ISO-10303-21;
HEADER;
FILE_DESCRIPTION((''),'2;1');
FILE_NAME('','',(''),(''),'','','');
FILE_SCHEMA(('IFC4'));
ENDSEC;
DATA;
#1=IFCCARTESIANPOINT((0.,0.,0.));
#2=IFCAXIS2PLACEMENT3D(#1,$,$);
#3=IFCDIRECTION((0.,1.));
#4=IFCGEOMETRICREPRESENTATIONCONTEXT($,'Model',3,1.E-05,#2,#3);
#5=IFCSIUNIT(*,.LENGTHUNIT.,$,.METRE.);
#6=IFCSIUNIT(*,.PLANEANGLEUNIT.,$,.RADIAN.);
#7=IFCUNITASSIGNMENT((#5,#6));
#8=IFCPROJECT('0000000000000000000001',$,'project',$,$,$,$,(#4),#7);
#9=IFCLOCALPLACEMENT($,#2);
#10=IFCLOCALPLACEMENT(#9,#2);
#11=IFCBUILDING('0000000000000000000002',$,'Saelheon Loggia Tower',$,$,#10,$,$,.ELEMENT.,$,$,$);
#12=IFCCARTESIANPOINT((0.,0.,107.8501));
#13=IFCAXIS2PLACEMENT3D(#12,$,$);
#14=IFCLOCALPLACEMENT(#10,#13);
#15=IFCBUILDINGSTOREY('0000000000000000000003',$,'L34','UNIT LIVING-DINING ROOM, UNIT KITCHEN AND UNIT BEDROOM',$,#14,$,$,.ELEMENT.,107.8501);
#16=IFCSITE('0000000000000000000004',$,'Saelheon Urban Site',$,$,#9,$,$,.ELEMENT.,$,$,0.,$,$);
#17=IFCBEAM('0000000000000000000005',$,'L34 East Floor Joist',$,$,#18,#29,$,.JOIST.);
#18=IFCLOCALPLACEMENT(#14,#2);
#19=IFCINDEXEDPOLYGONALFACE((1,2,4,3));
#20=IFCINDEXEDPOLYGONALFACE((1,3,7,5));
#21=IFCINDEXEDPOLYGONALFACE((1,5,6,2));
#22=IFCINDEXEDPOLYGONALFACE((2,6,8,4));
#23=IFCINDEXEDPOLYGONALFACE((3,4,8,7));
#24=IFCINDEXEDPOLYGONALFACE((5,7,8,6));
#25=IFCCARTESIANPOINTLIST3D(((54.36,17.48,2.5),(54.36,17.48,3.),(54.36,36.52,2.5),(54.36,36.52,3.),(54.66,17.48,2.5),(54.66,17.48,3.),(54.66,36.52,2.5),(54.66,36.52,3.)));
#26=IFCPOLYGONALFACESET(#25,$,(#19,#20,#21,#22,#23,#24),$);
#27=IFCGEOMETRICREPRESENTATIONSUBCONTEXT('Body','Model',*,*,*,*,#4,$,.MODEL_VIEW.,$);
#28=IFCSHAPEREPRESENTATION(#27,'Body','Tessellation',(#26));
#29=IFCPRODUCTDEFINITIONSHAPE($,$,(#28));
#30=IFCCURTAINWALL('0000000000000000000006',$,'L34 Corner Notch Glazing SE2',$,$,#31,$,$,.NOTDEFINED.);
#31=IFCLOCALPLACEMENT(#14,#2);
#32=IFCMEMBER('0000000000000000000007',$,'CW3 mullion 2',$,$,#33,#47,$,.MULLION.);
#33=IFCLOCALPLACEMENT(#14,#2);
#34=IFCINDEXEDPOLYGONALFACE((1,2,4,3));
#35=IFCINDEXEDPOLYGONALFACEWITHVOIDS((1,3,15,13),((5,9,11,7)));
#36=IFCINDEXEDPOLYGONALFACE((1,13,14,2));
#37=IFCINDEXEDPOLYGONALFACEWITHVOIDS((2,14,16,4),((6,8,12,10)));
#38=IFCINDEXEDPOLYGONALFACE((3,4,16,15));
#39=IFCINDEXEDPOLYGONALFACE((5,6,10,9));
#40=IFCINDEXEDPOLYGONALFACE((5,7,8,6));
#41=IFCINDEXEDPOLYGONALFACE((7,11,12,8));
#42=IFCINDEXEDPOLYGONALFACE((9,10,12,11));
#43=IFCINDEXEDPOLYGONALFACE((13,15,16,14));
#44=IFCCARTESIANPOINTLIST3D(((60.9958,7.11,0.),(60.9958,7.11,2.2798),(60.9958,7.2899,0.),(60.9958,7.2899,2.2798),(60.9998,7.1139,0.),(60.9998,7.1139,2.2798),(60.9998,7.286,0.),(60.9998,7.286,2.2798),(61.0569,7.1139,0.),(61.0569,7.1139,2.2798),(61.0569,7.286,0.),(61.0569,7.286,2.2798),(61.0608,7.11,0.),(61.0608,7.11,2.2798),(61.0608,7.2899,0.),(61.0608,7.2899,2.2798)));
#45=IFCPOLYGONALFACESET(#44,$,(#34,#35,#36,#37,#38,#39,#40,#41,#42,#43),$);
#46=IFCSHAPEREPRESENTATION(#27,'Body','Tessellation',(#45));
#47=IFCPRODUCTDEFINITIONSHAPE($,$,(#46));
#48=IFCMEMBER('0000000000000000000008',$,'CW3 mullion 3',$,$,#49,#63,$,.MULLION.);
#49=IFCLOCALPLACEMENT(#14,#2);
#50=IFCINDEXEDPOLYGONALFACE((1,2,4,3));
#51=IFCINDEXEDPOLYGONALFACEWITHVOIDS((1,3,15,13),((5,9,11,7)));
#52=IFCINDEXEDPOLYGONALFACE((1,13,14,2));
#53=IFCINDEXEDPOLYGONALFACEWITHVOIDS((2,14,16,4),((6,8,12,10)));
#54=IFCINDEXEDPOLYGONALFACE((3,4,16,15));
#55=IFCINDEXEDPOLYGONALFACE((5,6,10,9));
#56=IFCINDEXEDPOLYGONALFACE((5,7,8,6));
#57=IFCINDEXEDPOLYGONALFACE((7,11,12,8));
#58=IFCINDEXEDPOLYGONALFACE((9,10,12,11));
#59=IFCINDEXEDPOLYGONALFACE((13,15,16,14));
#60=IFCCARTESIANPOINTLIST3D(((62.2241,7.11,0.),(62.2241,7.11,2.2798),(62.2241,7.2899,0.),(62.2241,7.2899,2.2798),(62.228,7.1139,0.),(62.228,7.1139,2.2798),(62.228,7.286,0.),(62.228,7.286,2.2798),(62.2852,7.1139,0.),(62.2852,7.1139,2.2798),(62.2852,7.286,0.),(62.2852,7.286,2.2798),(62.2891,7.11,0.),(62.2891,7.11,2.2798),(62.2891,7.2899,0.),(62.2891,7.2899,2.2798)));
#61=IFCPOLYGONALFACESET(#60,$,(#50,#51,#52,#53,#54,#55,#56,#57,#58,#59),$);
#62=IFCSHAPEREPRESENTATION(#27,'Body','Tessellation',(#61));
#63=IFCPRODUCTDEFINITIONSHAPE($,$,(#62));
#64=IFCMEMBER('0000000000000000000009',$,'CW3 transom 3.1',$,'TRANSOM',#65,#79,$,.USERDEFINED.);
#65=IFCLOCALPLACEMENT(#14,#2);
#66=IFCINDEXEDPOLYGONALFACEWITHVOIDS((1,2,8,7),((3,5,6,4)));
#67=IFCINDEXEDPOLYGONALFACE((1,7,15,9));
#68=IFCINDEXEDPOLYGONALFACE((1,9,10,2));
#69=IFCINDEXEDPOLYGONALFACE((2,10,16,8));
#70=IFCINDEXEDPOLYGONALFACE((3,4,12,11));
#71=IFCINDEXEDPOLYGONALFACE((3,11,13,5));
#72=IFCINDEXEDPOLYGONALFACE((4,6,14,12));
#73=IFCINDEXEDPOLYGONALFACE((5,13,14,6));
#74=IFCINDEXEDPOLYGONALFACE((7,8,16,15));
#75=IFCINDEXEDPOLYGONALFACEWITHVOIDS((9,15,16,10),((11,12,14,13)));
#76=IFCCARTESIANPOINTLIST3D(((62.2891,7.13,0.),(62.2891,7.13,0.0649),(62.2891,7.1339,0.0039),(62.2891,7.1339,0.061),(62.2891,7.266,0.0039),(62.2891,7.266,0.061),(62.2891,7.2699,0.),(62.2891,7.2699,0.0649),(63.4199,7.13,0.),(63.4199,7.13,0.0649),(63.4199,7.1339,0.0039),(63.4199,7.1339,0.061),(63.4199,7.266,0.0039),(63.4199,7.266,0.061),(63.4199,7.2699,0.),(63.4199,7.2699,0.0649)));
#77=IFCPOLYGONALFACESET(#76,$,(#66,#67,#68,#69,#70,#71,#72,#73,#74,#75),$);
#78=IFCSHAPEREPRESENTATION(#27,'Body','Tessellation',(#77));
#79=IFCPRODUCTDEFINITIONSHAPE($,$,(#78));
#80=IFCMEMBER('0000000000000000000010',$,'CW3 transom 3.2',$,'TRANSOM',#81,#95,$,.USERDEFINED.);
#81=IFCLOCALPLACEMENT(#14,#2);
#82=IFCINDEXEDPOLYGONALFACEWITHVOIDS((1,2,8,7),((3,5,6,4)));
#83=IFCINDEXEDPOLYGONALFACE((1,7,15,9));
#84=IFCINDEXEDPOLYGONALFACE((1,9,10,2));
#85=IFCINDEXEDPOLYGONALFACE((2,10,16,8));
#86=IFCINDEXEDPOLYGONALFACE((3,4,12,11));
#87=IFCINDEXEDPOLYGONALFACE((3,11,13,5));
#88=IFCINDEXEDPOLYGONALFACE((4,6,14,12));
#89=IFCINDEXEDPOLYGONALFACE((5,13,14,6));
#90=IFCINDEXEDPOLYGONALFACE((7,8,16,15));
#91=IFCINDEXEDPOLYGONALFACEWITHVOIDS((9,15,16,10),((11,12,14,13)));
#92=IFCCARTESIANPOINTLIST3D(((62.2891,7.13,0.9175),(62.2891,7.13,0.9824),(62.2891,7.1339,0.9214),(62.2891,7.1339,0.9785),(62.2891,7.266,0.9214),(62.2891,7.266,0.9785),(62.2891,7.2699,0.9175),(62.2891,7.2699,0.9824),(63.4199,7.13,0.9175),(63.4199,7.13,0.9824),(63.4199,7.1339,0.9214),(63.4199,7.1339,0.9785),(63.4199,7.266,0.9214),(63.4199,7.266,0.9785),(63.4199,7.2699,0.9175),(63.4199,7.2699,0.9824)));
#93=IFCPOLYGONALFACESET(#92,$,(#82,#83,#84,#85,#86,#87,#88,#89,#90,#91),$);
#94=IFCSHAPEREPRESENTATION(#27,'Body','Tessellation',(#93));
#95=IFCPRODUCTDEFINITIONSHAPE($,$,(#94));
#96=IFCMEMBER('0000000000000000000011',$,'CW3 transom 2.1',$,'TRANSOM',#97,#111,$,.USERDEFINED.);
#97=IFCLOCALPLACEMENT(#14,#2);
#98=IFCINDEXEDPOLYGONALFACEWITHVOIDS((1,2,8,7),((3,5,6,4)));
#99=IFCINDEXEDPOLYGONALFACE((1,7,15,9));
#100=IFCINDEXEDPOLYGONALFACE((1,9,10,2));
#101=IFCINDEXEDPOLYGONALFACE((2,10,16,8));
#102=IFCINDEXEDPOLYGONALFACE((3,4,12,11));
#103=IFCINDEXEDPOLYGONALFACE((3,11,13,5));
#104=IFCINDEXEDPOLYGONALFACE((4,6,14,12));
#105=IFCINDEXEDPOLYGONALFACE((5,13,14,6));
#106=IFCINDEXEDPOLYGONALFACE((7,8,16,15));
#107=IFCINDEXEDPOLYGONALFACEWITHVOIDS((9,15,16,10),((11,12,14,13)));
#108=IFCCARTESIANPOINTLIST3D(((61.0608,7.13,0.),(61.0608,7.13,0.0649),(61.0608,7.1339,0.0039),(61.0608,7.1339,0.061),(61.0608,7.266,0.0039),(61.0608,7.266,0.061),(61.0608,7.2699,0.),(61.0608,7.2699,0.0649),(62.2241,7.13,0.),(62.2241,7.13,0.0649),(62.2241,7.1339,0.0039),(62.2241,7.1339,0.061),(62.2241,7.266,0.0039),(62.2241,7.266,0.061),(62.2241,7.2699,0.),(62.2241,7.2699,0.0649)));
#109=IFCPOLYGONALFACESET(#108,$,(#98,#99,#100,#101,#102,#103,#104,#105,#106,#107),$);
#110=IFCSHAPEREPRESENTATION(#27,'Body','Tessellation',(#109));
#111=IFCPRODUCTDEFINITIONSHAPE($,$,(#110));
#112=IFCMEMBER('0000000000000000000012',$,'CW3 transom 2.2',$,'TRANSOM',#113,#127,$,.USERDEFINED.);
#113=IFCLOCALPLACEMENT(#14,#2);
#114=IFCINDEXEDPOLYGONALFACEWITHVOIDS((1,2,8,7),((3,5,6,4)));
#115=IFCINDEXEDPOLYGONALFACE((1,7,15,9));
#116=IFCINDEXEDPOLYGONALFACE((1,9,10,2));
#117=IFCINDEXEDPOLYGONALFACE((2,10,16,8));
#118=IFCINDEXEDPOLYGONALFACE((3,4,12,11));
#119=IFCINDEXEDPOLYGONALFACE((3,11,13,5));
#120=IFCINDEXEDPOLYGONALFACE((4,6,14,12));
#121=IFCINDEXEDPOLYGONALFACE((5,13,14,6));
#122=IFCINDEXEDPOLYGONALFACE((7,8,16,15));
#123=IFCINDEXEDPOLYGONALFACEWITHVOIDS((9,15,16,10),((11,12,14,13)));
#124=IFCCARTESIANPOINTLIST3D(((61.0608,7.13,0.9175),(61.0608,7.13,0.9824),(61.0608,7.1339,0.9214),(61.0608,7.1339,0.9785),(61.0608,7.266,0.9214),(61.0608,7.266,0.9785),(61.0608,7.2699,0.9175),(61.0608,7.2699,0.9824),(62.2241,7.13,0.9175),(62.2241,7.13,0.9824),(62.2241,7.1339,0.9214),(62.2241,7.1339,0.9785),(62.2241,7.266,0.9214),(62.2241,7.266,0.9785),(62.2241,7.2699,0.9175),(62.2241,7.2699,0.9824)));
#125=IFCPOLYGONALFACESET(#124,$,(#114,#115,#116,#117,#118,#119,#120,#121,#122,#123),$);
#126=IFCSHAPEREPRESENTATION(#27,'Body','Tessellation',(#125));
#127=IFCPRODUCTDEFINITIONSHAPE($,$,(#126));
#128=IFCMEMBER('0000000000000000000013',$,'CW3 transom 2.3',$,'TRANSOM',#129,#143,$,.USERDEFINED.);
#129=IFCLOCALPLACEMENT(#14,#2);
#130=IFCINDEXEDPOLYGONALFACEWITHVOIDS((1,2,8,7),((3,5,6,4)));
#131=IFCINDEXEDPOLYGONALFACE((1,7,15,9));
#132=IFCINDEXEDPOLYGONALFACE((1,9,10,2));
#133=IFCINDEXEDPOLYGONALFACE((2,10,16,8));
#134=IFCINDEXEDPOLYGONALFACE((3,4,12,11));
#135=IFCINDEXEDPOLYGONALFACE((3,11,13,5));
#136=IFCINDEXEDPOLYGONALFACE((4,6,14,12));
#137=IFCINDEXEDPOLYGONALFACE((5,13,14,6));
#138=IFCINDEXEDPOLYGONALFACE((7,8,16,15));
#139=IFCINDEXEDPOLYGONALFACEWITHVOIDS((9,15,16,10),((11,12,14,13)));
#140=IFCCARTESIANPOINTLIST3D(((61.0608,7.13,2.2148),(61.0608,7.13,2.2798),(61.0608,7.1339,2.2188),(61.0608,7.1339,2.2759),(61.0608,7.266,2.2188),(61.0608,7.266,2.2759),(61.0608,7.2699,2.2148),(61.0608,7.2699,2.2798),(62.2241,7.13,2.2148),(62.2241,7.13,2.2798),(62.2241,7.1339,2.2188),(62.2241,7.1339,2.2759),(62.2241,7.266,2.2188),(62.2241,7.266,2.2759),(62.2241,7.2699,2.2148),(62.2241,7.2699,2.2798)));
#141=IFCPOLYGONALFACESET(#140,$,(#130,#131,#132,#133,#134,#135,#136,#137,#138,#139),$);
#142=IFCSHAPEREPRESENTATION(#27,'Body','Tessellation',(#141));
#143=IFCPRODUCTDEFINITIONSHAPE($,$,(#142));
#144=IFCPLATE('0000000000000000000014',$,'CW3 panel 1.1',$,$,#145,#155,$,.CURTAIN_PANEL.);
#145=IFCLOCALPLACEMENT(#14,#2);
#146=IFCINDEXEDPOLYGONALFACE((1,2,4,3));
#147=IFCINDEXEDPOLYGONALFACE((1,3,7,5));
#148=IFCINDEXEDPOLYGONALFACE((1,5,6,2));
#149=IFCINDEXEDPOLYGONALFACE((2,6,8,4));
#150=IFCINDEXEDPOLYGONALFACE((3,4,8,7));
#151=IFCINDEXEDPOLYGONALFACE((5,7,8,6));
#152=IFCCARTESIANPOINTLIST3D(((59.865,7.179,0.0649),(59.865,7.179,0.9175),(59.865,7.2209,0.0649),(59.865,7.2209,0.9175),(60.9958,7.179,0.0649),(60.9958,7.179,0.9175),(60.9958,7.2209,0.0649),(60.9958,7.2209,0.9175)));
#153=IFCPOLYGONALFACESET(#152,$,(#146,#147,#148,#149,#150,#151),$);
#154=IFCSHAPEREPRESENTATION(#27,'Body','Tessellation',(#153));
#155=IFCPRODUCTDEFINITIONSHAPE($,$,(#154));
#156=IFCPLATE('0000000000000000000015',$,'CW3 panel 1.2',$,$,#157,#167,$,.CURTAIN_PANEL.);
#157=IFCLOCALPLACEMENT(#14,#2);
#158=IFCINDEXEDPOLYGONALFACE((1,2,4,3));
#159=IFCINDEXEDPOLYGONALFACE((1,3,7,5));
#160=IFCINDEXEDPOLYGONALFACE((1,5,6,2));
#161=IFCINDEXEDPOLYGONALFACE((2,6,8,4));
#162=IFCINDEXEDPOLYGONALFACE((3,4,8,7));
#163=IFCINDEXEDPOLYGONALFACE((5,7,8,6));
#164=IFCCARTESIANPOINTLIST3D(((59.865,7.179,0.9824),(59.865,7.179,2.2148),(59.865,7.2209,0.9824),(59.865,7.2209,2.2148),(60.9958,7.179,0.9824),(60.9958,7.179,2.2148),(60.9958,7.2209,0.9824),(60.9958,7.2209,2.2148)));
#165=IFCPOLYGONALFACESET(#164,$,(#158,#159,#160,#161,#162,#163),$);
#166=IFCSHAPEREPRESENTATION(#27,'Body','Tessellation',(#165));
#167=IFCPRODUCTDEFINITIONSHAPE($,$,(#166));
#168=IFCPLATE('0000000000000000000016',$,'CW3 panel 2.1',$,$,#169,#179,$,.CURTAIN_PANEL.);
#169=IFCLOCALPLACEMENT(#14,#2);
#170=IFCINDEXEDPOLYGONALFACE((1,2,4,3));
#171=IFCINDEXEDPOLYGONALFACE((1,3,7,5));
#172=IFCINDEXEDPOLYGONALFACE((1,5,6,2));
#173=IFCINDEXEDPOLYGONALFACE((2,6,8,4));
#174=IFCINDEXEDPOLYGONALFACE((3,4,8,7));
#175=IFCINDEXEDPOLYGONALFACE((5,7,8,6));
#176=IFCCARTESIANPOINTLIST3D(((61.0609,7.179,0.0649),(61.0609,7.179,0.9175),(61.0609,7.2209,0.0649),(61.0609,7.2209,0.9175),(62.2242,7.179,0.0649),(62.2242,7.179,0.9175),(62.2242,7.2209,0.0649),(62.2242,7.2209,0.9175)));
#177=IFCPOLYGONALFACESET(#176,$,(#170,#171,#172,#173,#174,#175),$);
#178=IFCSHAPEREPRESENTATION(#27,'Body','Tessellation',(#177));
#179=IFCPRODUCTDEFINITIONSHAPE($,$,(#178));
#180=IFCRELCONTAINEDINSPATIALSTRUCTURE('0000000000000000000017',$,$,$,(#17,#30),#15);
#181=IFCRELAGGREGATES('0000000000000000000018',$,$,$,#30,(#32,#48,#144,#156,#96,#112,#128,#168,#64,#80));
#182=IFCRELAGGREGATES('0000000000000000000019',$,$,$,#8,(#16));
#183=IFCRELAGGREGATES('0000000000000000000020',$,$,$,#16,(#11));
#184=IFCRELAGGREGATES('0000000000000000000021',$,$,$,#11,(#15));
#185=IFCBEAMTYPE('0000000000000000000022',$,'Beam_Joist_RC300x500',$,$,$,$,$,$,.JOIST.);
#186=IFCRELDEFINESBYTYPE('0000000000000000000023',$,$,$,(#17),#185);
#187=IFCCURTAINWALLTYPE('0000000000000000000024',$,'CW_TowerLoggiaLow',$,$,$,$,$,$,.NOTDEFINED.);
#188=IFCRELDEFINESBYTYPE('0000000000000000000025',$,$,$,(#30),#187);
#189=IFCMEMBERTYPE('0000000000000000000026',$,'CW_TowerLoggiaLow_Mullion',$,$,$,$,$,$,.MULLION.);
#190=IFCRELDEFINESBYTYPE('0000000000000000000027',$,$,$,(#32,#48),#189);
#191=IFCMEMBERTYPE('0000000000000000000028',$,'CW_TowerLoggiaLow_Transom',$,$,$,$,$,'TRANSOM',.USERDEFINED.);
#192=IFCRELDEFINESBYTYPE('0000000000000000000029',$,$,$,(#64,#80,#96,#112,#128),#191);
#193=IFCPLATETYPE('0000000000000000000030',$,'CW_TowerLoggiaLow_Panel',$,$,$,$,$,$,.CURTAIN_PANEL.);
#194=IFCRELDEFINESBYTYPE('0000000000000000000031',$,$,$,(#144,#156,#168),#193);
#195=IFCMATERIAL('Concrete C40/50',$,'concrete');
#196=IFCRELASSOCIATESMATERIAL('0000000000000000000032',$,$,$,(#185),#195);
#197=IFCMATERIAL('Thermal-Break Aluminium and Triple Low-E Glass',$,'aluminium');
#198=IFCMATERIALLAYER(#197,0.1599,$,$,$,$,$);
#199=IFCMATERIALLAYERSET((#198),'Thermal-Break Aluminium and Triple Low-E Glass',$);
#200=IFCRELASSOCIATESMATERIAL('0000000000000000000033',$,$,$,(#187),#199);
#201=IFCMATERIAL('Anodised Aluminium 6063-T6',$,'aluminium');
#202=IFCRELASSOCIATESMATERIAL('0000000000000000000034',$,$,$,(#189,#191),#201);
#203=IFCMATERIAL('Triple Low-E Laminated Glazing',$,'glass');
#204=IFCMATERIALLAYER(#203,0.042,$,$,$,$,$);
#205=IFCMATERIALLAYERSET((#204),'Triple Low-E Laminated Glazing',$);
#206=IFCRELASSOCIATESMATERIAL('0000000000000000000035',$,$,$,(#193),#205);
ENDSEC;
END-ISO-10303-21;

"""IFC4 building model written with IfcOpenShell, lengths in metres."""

from ifc_helpers import new_model, si_unit, direction, frame, origin, origin_2d, place, context, subcontext, project, spatial, rectangle, hollow_rectangle, extrude, source, transform, mapped, material, layer, layer_set, material_profile, profile_set, type_object, element, aggregate, save


model = new_model("IFC4")

# Units and contexts
model_context = context("Model", 3, precision=1e-05, world=origin(), true_north=direction((0.0, 1.0)))
body_context = subcontext(model_context, "Body", "Model", "MODEL_VIEW")
ifc_project = project(units=[si_unit("LENGTHUNIT", "METRE"), si_unit("PLANEANGLEUNIT", "RADIAN")], contexts=[model_context])

# Site, building, storey
site_placement = place(None, origin())
site = spatial("IfcSite", under=ifc_project, at=site_placement, Name="Saelheon Urban Site", CompositionType="ELEMENT", RefElevation=0.0)
building_placement = place(site_placement, origin())
building = spatial("IfcBuilding", under=site, at=building_placement, Name="Saelheon Loggia Tower", CompositionType="ELEMENT")
storey_placement = place(building_placement, frame((0.0, 0.0, 107.8501)))
storey = spatial("IfcBuildingStorey", under=building, at=storey_placement, Name="L34", Description="UNIT LIVING-DINING ROOM, UNIT KITCHEN AND UNIT BEDROOM", CompositionType="ELEMENT", Elevation=107.8501)

# Beam
ifc_material_1 = material(Name="Concrete C40/50", Category="concrete")
ifc_material_profile_1 = material_profile(ifc_material_1, rectangle(XDim=0.3, YDim=0.5, at=origin_2d()), Name="RC-300x500")
ifc_profile_set_1 = profile_set([ifc_material_profile_1], Name="Concrete C40/50")
beam_type = type_object("IfcBeamType", Name="Beam_Joist_RC300x500", PredefinedType="JOIST", material=ifc_profile_set_1)
shared_shape_1 = source(origin(), body_context, "Body", "SweptSolid", [
    extrude(rectangle(XDim=0.3, YDim=0.5, at=origin_2d()), origin(), (0.0, 0.0, 1.0), 19.04),
])
beam_placement = place(storey_placement, frame((54.51, 17.48, 2.75), z_axis=(0.0, 1.0, 0.0), x_axis=(-1.0, 0.0, 0.0)))
element("IfcBeam", 1, at=beam_placement, inside=storey, type_object=beam_type, Name="L34 East Floor Joist", PredefinedType="JOIST", context=body_context, shape_type="MappedRepresentation", body=[
    mapped(shared_shape_1, transform((0.0, 0.0, 0.0), scale=1.0)),
])

# Curtain wall, members, plates
ifc_material_2 = material(Name="Thermal-Break Aluminium and Triple Low-E Glass", Category="aluminium")
ifc_layer_1 = layer(ifc_material_2, 0.1599)
ifc_layer_set_1 = layer_set([ifc_layer_1], Name="Thermal-Break Aluminium and Triple Low-E Glass")
curtain_wall_type = type_object("IfcCurtainWallType", Name="CW_TowerLoggiaLow", PredefinedType="NOTDEFINED", material=ifc_layer_set_1)
curtain_wall_placement = place(storey_placement, origin())
curtain_wall = element("IfcCurtainWall", 2, at=curtain_wall_placement, inside=storey, type_object=curtain_wall_type, Name="L34 Corner Notch Glazing SE2", PredefinedType="NOTDEFINED")
ifc_material_3 = material(Name="Anodised Aluminium 6063-T6", Category="aluminium")
ifc_material_profile_2 = material_profile(ifc_material_3, hollow_rectangle(XDim=0.0649, YDim=0.1799, WallThickness=0.0039, at=origin_2d()), Name="RHS-180x65x4")
ifc_profile_set_2 = profile_set([ifc_material_profile_2], Name="Anodised Aluminium 6063-T6")
member_type_1 = type_object("IfcMemberType", Name="CW_TowerLoggiaLow_Mullion", PredefinedType="MULLION", material=ifc_profile_set_2)
shared_shape_2 = source(origin(), body_context, "Body", "SweptSolid", [
    extrude(hollow_rectangle(XDim=0.0649, YDim=0.1799, WallThickness=0.0039, at=origin_2d()), origin(), (0.0, 0.0, 1.0), 2.2798),
])
member_1_placement = place(storey_placement, frame((61.0283, 7.2, 0.0), z_axis=(0.0, 0.0, 1.0), x_axis=(1.0, 0.0, 0.0)))
member_1 = element("IfcMember", 3, at=member_1_placement, type_object=member_type_1, Name="CW3 mullion 2", PredefinedType="MULLION", context=body_context, shape_type="MappedRepresentation", body=[
    mapped(shared_shape_2, transform((0.0, 0.0, 0.0), scale=1.0)),
])
member_2_placement = place(storey_placement, frame((62.2566, 7.2, 0.0), z_axis=(0.0, 0.0, 1.0), x_axis=(1.0, 0.0, 0.0)))
member_2 = element("IfcMember", 4, at=member_2_placement, type_object=member_type_1, Name="CW3 mullion 3", PredefinedType="MULLION", context=body_context, shape_type="MappedRepresentation", body=[
    mapped(shared_shape_2, transform((0.0, 0.0, 0.0), scale=1.0)),
])
ifc_material_profile_3 = material_profile(ifc_material_3, hollow_rectangle(XDim=0.0649, YDim=0.1399, WallThickness=0.0039, at=origin_2d()), Name="RHS-140x65x4")
ifc_profile_set_3 = profile_set([ifc_material_profile_3], Name="Anodised Aluminium 6063-T6")
member_type_2 = type_object("IfcMemberType", Name="CW_TowerLoggiaLow_Transom", ElementType="TRANSOM", PredefinedType="USERDEFINED", material=ifc_profile_set_3)
shared_shape_3 = source(origin(), body_context, "Body", "SweptSolid", [
    extrude(hollow_rectangle(XDim=0.0649, YDim=0.1399, WallThickness=0.0039, at=origin_2d()), origin(), (0.0, 0.0, 1.0), 1.1309),
])
member_3_placement = place(storey_placement, frame((62.2891, 7.2, 0.0325), z_axis=(1.0, 0.0, 0.0), x_axis=(0.0, 0.0, 1.0)))
member_3 = element("IfcMember", 5, at=member_3_placement, type_object=member_type_2, Name="CW3 transom 3.1", ObjectType="TRANSOM", PredefinedType="USERDEFINED", context=body_context, shape_type="MappedRepresentation", body=[
    mapped(shared_shape_3, transform((0.0, 0.0, 0.0), scale=1.0)),
])
member_4_placement = place(storey_placement, frame((62.2891, 7.2, 0.95), z_axis=(1.0, 0.0, 0.0), x_axis=(0.0, 0.0, 1.0)))
member_4 = element("IfcMember", 6, at=member_4_placement, type_object=member_type_2, Name="CW3 transom 3.2", ObjectType="TRANSOM", PredefinedType="USERDEFINED", context=body_context, shape_type="MappedRepresentation", body=[
    mapped(shared_shape_3, transform((0.0, 0.0, 0.0), scale=1.0)),
])
shared_shape_4 = source(origin(), body_context, "Body", "SweptSolid", [
    extrude(hollow_rectangle(XDim=0.0649, YDim=0.1399, WallThickness=0.0039, at=origin_2d()), origin(), (0.0, 0.0, 1.0), 1.1633),
])
member_5_placement = place(storey_placement, frame((61.0608, 7.2, 0.0325), z_axis=(1.0, 0.0, 0.0), x_axis=(0.0, 0.0, 1.0)))
member_5 = element("IfcMember", 7, at=member_5_placement, type_object=member_type_2, Name="CW3 transom 2.1", ObjectType="TRANSOM", PredefinedType="USERDEFINED", context=body_context, shape_type="MappedRepresentation", body=[
    mapped(shared_shape_4, transform((0.0, 0.0, 0.0), scale=1.0)),
])
member_6_placement = place(storey_placement, frame((61.0608, 7.2, 0.95), z_axis=(1.0, 0.0, 0.0), x_axis=(0.0, 0.0, 1.0)))
member_6 = element("IfcMember", 8, at=member_6_placement, type_object=member_type_2, Name="CW3 transom 2.2", ObjectType="TRANSOM", PredefinedType="USERDEFINED", context=body_context, shape_type="MappedRepresentation", body=[
    mapped(shared_shape_4, transform((0.0, 0.0, 0.0), scale=1.0)),
])
member_7_placement = place(storey_placement, frame((61.0608, 7.2, 2.2473), z_axis=(1.0, 0.0, 0.0), x_axis=(0.0, 0.0, 1.0)))
member_7 = element("IfcMember", 9, at=member_7_placement, type_object=member_type_2, Name="CW3 transom 2.3", ObjectType="TRANSOM", PredefinedType="USERDEFINED", context=body_context, shape_type="MappedRepresentation", body=[
    mapped(shared_shape_4, transform((0.0, 0.0, 0.0), scale=1.0)),
])
ifc_material_4 = material(Name="Triple Low-E Laminated Glazing", Category="glass")
ifc_layer_2 = layer(ifc_material_4, 0.042)
ifc_layer_set_2 = layer_set([ifc_layer_2], Name="Triple Low-E Laminated Glazing")
plate_type = type_object("IfcPlateType", Name="CW_TowerLoggiaLow_Panel", PredefinedType="CURTAIN_PANEL", material=ifc_layer_set_2)
shared_shape_5 = source(origin(), body_context, "Body", "SweptSolid", [
    extrude(rectangle(XDim=1.1309, YDim=0.042, at=origin_2d()), origin(), (0.0, 0.0, 1.0), 0.8525),
])
plate_1_placement = place(storey_placement, frame((60.4304, 7.2, 0.0649), z_axis=(0.0, 0.0, 1.0), x_axis=(1.0, 0.0, 0.0)))
plate_1 = element("IfcPlate", 10, at=plate_1_placement, type_object=plate_type, Name="CW3 panel 1.1", PredefinedType="CURTAIN_PANEL", context=body_context, shape_type="MappedRepresentation", body=[
    mapped(shared_shape_5, transform((0.0, 0.0, 0.0), scale=1.0)),
])
shared_shape_6 = source(origin(), body_context, "Body", "SweptSolid", [
    extrude(rectangle(XDim=1.1309, YDim=0.042, at=origin_2d()), origin(), (0.0, 0.0, 1.0), 1.2324),
])
plate_2_placement = place(storey_placement, frame((60.4304, 7.2, 0.9824), z_axis=(0.0, 0.0, 1.0), x_axis=(1.0, 0.0, 0.0)))
plate_2 = element("IfcPlate", 11, at=plate_2_placement, type_object=plate_type, Name="CW3 panel 1.2", PredefinedType="CURTAIN_PANEL", context=body_context, shape_type="MappedRepresentation", body=[
    mapped(shared_shape_6, transform((0.0, 0.0, 0.0), scale=1.0)),
])
shared_shape_7 = source(origin(), body_context, "Body", "SweptSolid", [
    extrude(rectangle(XDim=1.1633, YDim=0.042, at=origin_2d()), origin(), (0.0, 0.0, 1.0), 0.8525),
])
plate_3_placement = place(storey_placement, frame((61.6426, 7.2, 0.0649), z_axis=(0.0, 0.0, 1.0), x_axis=(1.0, 0.0, 0.0)))
plate_3 = element("IfcPlate", 12, at=plate_3_placement, type_object=plate_type, Name="CW3 panel 2.1", PredefinedType="CURTAIN_PANEL", context=body_context, shape_type="MappedRepresentation", body=[
    mapped(shared_shape_7, transform((0.0, 0.0, 0.0), scale=1.0)),
])
aggregate(curtain_wall, [member_1, member_2, plate_1, plate_2, member_5, member_6, member_7, plate_3, member_3, member_4])

save(model, "model.ifc")
